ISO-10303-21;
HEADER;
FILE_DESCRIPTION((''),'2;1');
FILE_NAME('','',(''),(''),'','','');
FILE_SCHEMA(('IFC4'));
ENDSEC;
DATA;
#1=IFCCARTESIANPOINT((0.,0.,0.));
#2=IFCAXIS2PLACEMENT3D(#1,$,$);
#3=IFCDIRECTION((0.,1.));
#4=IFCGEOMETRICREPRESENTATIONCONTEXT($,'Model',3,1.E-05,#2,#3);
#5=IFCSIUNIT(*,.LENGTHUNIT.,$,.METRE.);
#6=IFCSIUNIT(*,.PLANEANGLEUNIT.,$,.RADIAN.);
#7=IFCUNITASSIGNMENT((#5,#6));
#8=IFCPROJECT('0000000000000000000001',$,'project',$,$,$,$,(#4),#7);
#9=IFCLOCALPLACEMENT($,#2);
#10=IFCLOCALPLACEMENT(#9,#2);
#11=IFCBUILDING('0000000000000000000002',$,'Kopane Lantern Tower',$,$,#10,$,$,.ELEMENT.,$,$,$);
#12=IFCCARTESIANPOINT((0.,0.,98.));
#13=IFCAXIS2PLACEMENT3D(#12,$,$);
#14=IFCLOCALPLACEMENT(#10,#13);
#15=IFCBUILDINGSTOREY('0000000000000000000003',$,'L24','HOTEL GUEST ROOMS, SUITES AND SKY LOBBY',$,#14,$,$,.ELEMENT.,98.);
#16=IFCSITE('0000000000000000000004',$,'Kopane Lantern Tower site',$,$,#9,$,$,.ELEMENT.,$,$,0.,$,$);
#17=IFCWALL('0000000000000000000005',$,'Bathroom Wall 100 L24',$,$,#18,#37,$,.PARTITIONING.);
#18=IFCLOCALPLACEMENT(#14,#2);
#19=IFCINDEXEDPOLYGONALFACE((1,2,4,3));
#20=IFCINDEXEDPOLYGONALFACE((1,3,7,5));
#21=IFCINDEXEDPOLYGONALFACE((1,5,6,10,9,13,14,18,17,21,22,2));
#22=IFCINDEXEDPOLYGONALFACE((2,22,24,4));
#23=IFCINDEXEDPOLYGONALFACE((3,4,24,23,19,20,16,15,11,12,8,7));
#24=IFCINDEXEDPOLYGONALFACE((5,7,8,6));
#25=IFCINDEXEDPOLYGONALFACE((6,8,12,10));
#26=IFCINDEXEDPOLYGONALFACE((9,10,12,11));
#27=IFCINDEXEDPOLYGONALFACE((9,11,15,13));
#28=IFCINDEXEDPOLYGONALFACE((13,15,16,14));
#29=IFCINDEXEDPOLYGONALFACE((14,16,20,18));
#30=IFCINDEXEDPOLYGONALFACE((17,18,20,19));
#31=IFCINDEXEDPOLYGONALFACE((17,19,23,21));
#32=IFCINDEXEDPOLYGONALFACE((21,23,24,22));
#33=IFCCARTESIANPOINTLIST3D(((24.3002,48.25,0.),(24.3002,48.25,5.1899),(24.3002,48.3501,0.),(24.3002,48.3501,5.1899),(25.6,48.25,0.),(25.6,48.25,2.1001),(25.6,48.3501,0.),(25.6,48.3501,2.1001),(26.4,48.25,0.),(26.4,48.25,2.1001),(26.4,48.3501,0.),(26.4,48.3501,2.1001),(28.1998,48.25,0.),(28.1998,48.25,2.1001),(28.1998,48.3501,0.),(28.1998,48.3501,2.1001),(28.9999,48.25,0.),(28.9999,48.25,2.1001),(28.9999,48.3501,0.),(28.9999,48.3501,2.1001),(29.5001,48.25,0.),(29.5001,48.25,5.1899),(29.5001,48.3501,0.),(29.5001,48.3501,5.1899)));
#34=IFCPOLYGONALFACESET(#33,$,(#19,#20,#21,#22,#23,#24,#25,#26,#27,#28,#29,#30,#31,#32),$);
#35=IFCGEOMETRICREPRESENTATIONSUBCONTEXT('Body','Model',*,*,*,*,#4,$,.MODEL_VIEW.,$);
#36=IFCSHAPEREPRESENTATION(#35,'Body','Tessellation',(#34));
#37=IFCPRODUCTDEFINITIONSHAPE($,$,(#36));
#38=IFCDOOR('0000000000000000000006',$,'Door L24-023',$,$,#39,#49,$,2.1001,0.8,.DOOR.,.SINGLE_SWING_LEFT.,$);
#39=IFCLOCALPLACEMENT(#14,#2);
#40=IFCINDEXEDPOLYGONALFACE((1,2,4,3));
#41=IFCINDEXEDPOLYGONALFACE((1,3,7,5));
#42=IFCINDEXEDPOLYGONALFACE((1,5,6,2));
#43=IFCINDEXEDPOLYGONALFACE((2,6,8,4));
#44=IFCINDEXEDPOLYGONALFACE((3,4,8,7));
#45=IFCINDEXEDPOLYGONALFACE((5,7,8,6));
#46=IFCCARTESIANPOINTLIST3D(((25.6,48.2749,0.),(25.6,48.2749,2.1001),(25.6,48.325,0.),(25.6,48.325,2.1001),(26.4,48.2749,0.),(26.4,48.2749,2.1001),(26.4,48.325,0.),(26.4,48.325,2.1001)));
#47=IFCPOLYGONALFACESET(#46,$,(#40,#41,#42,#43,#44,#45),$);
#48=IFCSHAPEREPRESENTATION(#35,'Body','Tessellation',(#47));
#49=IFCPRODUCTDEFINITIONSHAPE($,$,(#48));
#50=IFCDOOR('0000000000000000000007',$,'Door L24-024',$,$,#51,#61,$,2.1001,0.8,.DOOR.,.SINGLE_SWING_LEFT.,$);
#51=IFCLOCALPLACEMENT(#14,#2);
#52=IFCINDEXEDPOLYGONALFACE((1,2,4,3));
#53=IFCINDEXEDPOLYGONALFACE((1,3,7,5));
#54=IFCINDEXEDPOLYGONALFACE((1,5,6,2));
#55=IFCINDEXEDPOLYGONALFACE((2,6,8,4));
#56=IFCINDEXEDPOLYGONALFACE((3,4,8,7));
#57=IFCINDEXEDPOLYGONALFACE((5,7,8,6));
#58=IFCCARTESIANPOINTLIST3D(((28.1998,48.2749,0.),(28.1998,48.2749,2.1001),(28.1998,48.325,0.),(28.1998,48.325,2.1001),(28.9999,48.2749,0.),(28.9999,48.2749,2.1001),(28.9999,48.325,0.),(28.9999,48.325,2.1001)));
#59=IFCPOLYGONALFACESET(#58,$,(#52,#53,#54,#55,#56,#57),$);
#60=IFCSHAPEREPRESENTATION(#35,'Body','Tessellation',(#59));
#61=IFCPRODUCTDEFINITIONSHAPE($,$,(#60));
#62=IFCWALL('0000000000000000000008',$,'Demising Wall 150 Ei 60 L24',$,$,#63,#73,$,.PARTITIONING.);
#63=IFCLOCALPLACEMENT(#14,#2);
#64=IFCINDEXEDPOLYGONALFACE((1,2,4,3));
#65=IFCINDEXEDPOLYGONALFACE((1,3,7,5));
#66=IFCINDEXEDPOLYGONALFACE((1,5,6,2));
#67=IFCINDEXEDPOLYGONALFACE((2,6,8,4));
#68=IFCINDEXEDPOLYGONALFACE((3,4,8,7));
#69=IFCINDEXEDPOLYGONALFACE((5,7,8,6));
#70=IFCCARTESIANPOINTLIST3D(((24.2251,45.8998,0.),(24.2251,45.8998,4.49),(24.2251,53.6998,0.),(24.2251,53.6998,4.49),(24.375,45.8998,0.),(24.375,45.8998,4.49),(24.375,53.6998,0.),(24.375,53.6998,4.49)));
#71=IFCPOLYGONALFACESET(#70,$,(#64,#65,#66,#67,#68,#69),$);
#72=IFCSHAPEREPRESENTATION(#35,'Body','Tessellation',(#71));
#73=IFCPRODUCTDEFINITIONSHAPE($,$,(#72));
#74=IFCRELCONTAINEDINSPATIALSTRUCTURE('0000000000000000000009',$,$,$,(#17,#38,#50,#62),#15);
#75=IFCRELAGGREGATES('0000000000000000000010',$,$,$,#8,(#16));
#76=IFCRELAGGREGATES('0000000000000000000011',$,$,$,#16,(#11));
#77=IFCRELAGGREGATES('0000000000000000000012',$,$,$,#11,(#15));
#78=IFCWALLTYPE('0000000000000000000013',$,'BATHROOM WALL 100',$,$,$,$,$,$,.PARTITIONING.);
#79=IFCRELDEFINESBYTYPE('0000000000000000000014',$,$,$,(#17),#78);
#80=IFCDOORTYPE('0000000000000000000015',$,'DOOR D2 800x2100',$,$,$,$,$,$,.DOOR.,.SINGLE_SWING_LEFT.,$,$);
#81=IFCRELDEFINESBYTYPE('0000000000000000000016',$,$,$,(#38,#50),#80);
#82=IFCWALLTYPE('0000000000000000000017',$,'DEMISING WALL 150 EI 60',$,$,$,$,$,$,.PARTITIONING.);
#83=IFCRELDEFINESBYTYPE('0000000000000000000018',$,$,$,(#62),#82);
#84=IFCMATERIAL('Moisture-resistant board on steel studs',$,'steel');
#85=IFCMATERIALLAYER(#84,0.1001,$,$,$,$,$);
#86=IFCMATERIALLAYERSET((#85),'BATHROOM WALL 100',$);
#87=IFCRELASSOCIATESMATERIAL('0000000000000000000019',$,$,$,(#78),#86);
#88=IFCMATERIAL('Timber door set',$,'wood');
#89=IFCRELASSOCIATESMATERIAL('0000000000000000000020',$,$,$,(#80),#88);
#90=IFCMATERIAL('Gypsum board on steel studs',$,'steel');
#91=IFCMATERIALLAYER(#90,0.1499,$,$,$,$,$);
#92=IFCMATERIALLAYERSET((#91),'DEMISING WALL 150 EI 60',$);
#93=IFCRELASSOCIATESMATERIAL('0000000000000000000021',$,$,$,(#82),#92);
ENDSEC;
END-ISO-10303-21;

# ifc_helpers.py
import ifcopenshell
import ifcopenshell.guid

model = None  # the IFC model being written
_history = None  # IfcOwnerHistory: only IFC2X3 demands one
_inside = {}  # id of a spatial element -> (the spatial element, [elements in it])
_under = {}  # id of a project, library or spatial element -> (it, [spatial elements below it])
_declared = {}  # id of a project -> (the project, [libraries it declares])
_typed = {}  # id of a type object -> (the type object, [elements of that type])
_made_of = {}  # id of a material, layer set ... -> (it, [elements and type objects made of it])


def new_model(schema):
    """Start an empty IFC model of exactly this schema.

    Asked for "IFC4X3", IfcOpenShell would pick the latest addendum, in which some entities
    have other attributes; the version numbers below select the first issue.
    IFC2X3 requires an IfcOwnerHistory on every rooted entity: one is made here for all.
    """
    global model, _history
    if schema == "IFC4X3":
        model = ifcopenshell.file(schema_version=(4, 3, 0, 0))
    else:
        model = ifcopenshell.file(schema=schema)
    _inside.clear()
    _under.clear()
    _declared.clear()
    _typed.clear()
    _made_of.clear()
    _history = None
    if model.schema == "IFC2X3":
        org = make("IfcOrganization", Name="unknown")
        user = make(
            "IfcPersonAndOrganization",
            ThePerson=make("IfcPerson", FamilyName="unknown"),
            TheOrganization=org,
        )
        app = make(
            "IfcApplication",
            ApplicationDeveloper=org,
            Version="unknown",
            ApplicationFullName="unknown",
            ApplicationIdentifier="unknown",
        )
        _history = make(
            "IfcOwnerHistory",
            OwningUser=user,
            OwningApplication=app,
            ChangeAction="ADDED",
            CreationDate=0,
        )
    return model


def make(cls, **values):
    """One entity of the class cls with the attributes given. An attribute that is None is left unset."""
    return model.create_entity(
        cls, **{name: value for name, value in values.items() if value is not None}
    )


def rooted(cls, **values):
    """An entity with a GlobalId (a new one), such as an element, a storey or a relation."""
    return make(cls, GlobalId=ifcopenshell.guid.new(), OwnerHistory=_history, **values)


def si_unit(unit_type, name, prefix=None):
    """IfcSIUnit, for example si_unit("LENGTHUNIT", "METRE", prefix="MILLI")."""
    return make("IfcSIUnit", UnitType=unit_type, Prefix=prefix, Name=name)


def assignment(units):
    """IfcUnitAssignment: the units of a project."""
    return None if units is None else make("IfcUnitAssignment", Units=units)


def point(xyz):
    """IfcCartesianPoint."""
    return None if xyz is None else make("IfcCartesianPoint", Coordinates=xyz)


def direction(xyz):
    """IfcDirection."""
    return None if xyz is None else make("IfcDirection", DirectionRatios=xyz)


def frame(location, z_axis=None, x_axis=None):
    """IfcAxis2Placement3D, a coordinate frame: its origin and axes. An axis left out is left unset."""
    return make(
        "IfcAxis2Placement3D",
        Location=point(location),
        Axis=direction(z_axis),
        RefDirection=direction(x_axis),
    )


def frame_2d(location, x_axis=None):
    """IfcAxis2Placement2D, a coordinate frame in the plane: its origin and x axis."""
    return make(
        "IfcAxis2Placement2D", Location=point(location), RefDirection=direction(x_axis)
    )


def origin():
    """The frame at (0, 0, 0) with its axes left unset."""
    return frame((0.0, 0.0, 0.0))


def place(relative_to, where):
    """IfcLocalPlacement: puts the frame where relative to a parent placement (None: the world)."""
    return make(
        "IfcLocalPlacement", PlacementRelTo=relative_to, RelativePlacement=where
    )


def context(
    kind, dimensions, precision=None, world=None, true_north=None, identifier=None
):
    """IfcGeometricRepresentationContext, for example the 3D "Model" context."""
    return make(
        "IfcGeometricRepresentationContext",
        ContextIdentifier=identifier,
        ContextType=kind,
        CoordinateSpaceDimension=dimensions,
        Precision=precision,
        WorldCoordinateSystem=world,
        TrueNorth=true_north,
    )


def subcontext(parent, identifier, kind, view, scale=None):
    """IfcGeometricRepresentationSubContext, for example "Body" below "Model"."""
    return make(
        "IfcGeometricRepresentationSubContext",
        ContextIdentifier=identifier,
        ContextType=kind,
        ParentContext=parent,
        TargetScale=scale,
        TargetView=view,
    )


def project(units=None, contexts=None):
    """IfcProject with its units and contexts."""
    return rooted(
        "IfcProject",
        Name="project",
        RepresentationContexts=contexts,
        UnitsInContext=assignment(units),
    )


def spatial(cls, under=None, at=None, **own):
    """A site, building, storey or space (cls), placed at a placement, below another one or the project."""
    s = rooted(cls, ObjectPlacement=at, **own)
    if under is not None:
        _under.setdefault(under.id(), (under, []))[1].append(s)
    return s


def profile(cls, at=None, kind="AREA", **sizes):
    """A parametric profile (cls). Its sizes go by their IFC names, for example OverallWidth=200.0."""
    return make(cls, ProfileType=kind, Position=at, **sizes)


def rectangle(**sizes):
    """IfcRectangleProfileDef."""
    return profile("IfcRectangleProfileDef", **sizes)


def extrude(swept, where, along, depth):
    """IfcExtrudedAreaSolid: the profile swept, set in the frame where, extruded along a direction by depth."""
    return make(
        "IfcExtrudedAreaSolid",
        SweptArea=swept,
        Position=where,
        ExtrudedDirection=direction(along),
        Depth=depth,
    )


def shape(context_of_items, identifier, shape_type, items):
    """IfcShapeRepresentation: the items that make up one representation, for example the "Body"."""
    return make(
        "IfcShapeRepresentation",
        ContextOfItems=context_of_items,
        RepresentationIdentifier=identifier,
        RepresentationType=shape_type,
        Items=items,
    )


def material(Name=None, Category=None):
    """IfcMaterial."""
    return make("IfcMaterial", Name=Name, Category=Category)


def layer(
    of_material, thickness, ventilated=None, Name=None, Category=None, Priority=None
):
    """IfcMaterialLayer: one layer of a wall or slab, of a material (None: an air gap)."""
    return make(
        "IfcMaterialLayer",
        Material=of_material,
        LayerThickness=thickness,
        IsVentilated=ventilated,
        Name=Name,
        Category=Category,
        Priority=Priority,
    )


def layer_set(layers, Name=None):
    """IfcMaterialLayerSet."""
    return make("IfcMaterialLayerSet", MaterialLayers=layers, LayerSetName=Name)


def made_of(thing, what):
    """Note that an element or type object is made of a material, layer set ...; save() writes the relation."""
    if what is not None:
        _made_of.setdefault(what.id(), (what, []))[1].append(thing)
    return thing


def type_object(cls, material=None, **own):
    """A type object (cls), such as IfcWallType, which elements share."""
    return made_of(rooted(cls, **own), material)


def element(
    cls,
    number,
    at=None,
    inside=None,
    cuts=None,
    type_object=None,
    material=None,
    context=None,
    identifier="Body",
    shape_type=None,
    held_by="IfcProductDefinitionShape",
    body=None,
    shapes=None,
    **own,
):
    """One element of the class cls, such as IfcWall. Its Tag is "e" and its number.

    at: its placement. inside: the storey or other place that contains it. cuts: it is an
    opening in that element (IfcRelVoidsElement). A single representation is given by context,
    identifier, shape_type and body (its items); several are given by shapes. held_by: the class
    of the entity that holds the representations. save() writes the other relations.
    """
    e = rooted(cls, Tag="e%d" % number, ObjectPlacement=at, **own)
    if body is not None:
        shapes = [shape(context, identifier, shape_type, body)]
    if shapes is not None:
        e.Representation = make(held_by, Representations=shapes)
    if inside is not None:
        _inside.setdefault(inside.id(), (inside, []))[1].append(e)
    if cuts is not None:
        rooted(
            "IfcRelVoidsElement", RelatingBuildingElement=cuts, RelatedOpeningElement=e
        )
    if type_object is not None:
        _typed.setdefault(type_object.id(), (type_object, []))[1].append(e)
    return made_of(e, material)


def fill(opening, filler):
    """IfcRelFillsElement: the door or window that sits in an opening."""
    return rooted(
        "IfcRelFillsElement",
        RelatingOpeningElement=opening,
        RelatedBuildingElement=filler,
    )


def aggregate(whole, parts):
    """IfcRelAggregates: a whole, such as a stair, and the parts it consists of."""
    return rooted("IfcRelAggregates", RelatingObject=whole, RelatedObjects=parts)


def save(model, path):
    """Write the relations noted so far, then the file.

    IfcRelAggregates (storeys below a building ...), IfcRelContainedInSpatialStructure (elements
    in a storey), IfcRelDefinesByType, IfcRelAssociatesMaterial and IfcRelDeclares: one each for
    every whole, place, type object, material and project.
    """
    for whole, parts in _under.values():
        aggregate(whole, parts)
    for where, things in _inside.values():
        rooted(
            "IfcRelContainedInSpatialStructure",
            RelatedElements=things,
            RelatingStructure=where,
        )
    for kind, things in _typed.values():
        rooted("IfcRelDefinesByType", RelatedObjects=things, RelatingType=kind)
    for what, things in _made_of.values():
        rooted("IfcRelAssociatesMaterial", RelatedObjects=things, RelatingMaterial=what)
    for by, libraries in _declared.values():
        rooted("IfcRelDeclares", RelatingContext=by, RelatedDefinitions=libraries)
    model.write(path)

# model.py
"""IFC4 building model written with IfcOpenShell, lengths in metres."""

from ifc_helpers import new_model, si_unit, direction, frame, frame_2d, origin, place, context, subcontext, project, spatial, rectangle, extrude, material, layer, layer_set, type_object, element, fill, save


model = new_model("IFC4")

# Units and contexts
model_context = context("Model", 3, precision=1e-05, world=origin(), true_north=direction((0.0, 1.0)))
body_context = subcontext(model_context, "Body", "Model", "MODEL_VIEW")
ifc_project = project(units=[si_unit("LENGTHUNIT", "METRE"), si_unit("PLANEANGLEUNIT", "RADIAN")], contexts=[model_context])

# Site, building, storey
site_placement = place(None, origin())
site = spatial("IfcSite", under=ifc_project, at=site_placement, Name="Kopane Lantern Tower site", CompositionType="ELEMENT", RefElevation=0.0)
building_placement = place(site_placement, origin())
building = spatial("IfcBuilding", under=site, at=building_placement, Name="Kopane Lantern Tower", CompositionType="ELEMENT")
storey_placement = place(building_placement, frame((0.0, 0.0, 98.0)))
storey = spatial("IfcBuildingStorey", under=building, at=storey_placement, Name="L24", Description="HOTEL GUEST ROOMS, SUITES AND SKY LOBBY", CompositionType="ELEMENT", Elevation=98.0)

# Wall, openings, doors
ifc_material_1 = material(Name="Moisture-resistant board on steel studs", Category="steel")
ifc_layer_1 = layer(ifc_material_1, 0.1001)
ifc_layer_set_1 = layer_set([ifc_layer_1], Name="BATHROOM WALL 100")
wall_type_1 = type_object("IfcWallType", Name="BATHROOM WALL 100", PredefinedType="PARTITIONING", material=ifc_layer_set_1)
wall_1_placement = place(storey_placement, frame((24.3, 48.3, 0.0), z_axis=(0.0, 0.0, 1.0), x_axis=(1.0, 0.0, 0.0)))
wall_1 = element("IfcWall", 1, at=wall_1_placement, inside=storey, type_object=wall_type_1, Name="Bathroom Wall 100 L24", PredefinedType="PARTITIONING", context=body_context, shape_type="SweptSolid", body=[
    extrude(rectangle(XDim=5.2, YDim=0.1001, at=frame_2d((2.6001, 0.0))), origin(), (0.0, 0.0, 1.0), 5.1899),
])
opening_1_placement = place(wall_1_placement, frame((1.3, 0.0, 0.0)))
opening_1 = element("IfcOpeningElement", 2, at=opening_1_placement, cuts=wall_1, PredefinedType="OPENING", context=body_context, shape_type="SweptSolid", body=[
    extrude(rectangle(XDim=0.8, YDim=2.1001, at=frame_2d((0.3999, 1.05))), frame((0.0, 0.0601, 0.0), z_axis=(0.0, -1.0, 0.0), x_axis=(1.0, 0.0, 0.0)), (0.0, 0.0, 1.0), 0.1201),
])
opening_2_placement = place(wall_1_placement, frame((3.8999, 0.0, 0.0)))
opening_2 = element("IfcOpeningElement", 3, at=opening_2_placement, cuts=wall_1, PredefinedType="OPENING", context=body_context, shape_type="SweptSolid", body=[
    extrude(rectangle(XDim=0.8, YDim=2.1001, at=frame_2d((0.3999, 1.05))), frame((0.0, 0.0601, 0.0), z_axis=(0.0, -1.0, 0.0), x_axis=(1.0, 0.0, 0.0)), (0.0, 0.0, 1.0), 0.1201),
])
ifc_material_2 = material(Name="Timber door set", Category="wood")
door_type = type_object("IfcDoorType", Name="DOOR D2 800x2100", OperationType="SINGLE_SWING_LEFT", PredefinedType="DOOR", material=ifc_material_2)
door_1_placement = place(opening_1_placement, origin())
door_1 = element("IfcDoor", 4, at=door_1_placement, inside=storey, type_object=door_type, Name="Door L24-023", OperationType="SINGLE_SWING_LEFT", OverallHeight=2.1001, OverallWidth=0.8, PredefinedType="DOOR", context=body_context, shape_type="SweptSolid", body=[
    extrude(rectangle(XDim=0.8, YDim=2.1001, at=frame_2d((0.3999, 1.05))), frame((0.0, 0.0249, 0.0), z_axis=(0.0, -1.0, 0.0), x_axis=(1.0, 0.0, 0.0)), (0.0, 0.0, 1.0), 0.05),
])
fill(opening_1, door_1)
door_2_placement = place(opening_2_placement, origin())
door_2 = element("IfcDoor", 5, at=door_2_placement, inside=storey, type_object=door_type, Name="Door L24-024", OperationType="SINGLE_SWING_LEFT", OverallHeight=2.1001, OverallWidth=0.8, PredefinedType="DOOR", context=body_context, shape_type="SweptSolid", body=[
    extrude(rectangle(XDim=0.8, YDim=2.1001, at=frame_2d((0.3999, 1.05))), frame((0.0, 0.0249, 0.0), z_axis=(0.0, -1.0, 0.0), x_axis=(1.0, 0.0, 0.0)), (0.0, 0.0, 1.0), 0.05),
])
fill(opening_2, door_2)

# Wall
ifc_material_3 = material(Name="Gypsum board on steel studs", Category="steel")
ifc_layer_2 = layer(ifc_material_3, 0.1499)
ifc_layer_set_2 = layer_set([ifc_layer_2], Name="DEMISING WALL 150 EI 60")
wall_type_2 = type_object("IfcWallType", Name="DEMISING WALL 150 EI 60", PredefinedType="PARTITIONING", material=ifc_layer_set_2)
wall_2_placement = place(storey_placement, frame((24.3, 45.8999, 0.0), z_axis=(0.0, 0.0, 1.0), x_axis=(0.0, 1.0, 0.0)))
element("IfcWall", 6, at=wall_2_placement, inside=storey, type_object=wall_type_2, Name="Demising Wall 150 Ei 60 L24", PredefinedType="PARTITIONING", context=body_context, shape_type="SweptSolid", body=[
    extrude(rectangle(XDim=7.8, YDim=0.1499, at=frame_2d((3.8999, 0.0))), origin(), (0.0, 0.0, 1.0), 4.49),
])

save(model, "model.ifc")
